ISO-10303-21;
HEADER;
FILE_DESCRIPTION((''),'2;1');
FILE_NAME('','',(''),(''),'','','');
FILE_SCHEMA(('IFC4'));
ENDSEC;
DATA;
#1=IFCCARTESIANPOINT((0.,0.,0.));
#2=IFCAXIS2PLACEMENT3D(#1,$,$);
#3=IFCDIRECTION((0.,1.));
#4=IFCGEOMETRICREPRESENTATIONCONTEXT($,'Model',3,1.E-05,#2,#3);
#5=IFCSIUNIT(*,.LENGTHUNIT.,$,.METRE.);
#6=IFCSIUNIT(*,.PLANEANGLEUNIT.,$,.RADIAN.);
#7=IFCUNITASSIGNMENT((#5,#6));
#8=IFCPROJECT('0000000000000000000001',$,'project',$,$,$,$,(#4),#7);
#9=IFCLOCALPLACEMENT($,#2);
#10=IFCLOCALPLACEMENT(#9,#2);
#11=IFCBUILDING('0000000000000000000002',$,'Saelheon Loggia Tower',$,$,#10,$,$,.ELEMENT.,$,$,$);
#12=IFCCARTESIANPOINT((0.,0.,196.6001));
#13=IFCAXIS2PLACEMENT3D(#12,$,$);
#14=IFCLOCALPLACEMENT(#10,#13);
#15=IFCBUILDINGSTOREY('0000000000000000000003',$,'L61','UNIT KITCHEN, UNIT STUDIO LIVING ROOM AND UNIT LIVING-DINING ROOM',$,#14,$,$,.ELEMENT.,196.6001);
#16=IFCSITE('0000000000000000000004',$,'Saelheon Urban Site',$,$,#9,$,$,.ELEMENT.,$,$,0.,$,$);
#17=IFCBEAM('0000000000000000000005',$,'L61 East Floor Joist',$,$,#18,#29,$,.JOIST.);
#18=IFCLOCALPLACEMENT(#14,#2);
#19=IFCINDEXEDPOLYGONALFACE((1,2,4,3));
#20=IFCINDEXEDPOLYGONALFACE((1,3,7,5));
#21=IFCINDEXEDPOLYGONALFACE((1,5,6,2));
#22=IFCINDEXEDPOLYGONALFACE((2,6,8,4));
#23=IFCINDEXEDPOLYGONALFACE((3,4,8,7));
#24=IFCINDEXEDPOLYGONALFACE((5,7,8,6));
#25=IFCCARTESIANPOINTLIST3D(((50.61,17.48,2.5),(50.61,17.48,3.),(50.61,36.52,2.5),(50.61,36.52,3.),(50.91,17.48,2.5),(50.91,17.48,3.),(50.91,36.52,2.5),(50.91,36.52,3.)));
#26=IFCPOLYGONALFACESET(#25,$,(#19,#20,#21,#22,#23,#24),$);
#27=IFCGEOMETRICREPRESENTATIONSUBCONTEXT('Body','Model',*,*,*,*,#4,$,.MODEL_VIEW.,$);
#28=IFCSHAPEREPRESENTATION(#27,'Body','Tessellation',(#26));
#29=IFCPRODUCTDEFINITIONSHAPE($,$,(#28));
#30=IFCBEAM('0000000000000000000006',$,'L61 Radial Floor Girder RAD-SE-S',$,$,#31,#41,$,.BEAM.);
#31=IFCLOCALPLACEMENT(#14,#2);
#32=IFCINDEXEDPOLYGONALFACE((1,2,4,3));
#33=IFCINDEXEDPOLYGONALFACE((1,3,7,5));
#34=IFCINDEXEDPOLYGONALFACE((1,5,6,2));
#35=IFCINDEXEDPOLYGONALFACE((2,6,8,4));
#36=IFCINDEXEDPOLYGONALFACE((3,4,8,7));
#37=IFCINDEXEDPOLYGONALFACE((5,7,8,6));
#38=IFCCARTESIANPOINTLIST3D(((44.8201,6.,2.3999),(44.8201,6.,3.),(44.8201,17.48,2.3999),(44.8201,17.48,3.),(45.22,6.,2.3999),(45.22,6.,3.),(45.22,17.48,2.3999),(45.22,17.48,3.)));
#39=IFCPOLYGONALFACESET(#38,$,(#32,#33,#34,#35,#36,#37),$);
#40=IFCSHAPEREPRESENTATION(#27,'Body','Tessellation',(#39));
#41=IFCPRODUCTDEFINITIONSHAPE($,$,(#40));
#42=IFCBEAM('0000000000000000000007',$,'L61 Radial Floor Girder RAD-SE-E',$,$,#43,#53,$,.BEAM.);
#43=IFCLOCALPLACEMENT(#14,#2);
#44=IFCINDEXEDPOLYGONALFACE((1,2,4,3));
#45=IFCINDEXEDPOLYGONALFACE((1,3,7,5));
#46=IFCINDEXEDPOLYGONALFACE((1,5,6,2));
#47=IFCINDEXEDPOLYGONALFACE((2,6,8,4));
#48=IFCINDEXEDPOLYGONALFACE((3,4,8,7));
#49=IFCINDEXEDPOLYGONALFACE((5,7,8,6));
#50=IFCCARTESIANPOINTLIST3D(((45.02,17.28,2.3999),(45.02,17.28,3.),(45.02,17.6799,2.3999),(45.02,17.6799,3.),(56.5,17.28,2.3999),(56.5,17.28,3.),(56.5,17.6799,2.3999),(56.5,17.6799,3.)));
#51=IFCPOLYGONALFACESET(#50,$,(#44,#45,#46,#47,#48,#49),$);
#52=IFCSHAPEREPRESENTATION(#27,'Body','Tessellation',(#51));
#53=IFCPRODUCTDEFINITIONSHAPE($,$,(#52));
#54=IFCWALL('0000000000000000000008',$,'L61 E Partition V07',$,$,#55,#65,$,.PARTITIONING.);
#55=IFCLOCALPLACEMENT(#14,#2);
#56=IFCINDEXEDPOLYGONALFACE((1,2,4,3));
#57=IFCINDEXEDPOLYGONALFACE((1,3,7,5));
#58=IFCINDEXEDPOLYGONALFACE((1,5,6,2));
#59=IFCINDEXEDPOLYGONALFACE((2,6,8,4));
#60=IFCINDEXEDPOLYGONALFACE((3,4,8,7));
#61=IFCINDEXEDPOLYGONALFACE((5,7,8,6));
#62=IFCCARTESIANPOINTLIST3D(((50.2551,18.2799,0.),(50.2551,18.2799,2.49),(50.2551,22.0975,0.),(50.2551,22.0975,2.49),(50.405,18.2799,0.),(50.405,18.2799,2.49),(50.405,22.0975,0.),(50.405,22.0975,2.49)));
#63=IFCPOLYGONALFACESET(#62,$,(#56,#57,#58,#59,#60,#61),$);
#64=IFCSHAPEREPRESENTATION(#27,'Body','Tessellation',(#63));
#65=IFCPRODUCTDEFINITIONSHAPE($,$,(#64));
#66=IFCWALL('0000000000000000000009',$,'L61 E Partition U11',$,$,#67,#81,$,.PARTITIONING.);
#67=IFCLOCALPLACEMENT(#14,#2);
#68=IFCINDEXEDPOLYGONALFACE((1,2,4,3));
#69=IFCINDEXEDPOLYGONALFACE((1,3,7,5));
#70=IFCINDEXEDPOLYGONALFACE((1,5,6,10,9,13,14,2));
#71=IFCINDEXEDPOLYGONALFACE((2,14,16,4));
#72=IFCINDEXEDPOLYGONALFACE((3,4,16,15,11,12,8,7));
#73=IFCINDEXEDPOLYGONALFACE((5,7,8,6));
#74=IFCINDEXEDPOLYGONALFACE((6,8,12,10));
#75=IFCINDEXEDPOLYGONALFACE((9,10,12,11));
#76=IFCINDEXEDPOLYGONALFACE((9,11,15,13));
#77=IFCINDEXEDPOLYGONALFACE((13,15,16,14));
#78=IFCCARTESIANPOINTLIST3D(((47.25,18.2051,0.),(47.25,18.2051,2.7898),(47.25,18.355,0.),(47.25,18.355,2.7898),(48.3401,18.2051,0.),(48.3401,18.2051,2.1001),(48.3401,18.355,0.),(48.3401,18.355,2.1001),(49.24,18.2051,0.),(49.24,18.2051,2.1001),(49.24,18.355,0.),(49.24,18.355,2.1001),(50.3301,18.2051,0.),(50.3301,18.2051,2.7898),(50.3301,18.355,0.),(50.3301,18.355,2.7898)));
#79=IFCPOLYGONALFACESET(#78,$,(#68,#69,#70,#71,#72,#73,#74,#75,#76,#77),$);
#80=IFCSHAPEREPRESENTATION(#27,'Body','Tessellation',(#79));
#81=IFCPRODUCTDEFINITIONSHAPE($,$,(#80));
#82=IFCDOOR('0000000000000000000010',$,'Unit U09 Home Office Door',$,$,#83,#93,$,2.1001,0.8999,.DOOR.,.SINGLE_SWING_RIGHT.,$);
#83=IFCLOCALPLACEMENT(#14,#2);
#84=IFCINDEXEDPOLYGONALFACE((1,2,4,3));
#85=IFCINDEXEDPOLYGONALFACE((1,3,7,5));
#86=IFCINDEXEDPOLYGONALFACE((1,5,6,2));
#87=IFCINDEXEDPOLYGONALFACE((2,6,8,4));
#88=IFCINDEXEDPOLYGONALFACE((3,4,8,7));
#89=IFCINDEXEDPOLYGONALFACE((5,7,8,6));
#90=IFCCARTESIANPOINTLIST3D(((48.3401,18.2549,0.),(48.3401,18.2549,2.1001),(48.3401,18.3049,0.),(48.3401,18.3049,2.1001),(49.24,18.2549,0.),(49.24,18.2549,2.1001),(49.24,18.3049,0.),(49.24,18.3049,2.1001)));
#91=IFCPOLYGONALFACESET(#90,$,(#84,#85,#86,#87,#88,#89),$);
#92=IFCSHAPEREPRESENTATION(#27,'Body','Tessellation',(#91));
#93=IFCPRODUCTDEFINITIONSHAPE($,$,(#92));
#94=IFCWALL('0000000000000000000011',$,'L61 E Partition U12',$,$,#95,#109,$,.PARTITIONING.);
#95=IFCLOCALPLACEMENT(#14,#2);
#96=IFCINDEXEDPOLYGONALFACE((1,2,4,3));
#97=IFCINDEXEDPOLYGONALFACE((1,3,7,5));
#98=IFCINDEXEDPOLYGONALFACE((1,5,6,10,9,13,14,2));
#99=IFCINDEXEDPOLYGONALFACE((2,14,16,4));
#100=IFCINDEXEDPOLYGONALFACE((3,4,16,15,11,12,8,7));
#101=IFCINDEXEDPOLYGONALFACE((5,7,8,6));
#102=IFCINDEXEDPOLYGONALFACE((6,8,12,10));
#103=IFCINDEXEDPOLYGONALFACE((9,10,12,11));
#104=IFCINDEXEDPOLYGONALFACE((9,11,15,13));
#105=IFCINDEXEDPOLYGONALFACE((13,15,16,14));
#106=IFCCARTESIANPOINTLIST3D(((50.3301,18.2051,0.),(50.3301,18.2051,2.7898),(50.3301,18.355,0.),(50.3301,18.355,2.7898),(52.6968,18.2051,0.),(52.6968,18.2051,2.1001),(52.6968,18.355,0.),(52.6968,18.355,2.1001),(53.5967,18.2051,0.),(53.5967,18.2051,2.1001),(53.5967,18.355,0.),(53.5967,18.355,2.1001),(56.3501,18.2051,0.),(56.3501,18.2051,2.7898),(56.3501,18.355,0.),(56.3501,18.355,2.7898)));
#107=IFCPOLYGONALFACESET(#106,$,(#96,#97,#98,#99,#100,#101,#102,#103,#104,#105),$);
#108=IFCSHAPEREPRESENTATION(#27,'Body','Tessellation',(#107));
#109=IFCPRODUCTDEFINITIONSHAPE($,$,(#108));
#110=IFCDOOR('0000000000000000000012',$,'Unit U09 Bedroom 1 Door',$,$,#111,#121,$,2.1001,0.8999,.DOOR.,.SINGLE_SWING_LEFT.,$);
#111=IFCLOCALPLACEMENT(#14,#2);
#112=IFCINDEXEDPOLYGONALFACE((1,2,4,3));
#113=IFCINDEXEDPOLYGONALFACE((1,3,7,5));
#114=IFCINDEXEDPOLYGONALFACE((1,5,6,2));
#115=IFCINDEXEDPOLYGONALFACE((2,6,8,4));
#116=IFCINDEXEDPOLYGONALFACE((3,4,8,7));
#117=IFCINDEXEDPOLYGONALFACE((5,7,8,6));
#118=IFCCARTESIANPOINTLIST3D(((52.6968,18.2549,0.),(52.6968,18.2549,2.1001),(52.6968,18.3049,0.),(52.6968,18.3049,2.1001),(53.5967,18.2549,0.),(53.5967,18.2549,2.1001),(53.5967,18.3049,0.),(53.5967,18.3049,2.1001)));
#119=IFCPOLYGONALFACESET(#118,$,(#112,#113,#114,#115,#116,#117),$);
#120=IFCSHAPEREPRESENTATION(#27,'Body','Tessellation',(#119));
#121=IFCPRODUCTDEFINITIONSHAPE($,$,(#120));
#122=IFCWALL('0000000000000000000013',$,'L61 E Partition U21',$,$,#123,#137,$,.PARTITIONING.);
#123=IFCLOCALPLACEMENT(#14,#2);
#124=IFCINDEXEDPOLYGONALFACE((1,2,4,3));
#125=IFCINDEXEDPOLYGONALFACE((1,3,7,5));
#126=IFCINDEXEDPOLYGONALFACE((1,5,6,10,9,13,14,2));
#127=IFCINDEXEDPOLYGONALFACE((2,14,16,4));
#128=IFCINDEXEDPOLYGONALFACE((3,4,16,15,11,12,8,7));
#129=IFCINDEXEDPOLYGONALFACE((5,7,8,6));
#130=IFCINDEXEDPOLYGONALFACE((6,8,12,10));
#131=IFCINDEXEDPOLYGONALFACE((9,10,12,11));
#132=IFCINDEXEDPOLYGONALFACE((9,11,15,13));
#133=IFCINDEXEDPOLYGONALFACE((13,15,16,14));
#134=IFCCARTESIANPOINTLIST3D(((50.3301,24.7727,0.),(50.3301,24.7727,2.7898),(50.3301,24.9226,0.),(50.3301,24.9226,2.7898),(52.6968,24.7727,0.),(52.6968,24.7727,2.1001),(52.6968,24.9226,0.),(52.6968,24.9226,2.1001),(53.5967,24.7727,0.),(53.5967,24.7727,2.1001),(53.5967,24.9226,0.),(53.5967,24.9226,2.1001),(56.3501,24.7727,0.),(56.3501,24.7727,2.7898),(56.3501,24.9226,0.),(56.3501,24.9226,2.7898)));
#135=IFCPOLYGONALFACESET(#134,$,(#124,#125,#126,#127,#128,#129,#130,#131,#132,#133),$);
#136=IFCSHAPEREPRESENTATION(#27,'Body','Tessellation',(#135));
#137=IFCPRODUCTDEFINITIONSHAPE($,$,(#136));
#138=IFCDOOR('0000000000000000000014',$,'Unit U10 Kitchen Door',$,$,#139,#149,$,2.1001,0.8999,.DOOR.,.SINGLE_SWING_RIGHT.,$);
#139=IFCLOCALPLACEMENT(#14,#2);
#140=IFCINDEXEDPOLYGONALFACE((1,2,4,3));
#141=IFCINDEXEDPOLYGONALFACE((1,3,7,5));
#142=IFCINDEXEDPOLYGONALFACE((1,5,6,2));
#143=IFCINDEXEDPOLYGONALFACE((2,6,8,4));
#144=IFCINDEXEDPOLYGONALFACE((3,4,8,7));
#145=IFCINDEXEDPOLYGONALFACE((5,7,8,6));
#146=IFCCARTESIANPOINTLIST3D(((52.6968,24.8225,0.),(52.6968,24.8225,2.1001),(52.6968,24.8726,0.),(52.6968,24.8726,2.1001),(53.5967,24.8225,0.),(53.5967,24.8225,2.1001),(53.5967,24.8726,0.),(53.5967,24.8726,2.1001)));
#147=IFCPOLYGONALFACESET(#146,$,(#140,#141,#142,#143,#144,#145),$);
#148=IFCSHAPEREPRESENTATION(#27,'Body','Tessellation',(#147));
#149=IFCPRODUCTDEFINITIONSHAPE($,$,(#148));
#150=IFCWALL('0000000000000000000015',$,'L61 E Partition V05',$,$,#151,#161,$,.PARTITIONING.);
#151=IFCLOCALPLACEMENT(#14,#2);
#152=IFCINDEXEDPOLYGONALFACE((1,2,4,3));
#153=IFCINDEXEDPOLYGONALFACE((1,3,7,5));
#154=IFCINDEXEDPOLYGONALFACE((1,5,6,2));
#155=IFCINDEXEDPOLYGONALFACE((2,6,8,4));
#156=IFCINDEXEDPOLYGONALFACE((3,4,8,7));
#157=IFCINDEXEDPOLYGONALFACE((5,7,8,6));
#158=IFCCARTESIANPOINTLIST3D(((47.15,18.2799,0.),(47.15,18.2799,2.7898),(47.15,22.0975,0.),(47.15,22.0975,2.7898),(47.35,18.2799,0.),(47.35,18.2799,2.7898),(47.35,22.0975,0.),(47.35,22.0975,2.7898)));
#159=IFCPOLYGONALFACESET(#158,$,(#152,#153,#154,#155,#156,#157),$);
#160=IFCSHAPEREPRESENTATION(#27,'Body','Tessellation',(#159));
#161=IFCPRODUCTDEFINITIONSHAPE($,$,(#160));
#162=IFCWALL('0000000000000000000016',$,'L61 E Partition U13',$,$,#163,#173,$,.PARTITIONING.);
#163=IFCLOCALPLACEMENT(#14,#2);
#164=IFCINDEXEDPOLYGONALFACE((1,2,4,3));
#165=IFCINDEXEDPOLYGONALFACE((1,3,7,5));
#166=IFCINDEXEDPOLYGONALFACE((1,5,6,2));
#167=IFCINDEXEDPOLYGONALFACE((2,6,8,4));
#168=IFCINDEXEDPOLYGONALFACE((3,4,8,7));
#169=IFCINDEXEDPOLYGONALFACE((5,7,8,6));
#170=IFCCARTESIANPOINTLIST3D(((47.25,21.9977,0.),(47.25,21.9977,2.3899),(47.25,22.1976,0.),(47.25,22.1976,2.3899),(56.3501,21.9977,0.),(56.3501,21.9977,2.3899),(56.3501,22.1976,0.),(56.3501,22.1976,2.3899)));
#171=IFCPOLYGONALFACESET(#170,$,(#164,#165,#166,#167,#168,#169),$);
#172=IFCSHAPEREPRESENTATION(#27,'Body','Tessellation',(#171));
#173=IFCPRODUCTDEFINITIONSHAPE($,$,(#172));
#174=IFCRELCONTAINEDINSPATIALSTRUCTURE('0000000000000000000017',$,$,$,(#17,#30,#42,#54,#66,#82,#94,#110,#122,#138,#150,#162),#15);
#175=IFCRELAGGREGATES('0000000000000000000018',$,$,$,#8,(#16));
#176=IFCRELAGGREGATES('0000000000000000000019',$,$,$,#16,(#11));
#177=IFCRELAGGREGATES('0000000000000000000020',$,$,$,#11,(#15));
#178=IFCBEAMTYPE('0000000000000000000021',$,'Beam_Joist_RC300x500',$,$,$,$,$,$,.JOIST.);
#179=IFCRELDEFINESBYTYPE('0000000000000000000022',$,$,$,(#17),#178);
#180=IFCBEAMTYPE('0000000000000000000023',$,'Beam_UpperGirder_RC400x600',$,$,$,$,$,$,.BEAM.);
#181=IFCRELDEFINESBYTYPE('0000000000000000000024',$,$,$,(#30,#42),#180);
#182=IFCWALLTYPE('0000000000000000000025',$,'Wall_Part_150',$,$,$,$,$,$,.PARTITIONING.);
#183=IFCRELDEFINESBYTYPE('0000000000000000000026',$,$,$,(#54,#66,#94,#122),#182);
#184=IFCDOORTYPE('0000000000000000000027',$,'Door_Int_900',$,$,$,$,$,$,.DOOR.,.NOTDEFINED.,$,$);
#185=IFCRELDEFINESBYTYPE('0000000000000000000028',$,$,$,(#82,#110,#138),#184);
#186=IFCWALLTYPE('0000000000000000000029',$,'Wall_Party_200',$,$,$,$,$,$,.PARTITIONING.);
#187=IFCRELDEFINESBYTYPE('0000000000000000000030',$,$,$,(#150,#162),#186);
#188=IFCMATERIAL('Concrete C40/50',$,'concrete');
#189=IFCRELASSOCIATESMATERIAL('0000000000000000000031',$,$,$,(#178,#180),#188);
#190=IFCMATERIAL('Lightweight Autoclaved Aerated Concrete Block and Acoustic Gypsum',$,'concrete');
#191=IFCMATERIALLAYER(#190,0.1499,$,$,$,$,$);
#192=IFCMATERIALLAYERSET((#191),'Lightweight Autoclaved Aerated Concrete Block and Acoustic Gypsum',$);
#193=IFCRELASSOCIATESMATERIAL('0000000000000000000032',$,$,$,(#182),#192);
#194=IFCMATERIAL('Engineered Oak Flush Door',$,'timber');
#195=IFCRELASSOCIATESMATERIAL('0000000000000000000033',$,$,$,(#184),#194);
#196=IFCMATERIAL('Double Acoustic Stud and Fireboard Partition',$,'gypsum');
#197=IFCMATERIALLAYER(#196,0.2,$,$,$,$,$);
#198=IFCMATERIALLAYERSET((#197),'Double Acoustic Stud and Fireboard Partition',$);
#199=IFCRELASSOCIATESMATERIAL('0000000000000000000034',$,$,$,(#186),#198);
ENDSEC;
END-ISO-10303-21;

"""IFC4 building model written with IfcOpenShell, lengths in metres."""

from ifc_helpers import new_model, si_unit, direction, frame, frame_2d, origin, origin_2d, place, context, subcontext, project, spatial, rectangle, extrude, source, transform, mapped, material, layer, layer_set, material_profile, profile_set, type_object, element, fill, save


model = new_model("IFC4")

# Units and contexts
model_context = context("Model", 3, precision=1e-05, world=origin(), true_north=direction((0.0, 1.0)))
body_context = subcontext(model_context, "Body", "Model", "MODEL_VIEW")
ifc_project = project(units=[si_unit("LENGTHUNIT", "METRE"), si_unit("PLANEANGLEUNIT", "RADIAN")], contexts=[model_context])

# Site, building, storey
site_placement = place(None, origin())
site = spatial("IfcSite", under=ifc_project, at=site_placement, Name="Saelheon Urban Site", CompositionType="ELEMENT", RefElevation=0.0)
building_placement = place(site_placement, origin())
building = spatial("IfcBuilding", under=site, at=building_placement, Name="Saelheon Loggia Tower", CompositionType="ELEMENT")
storey_placement = place(building_placement, frame((0.0, 0.0, 196.6001)))
storey = spatial("IfcBuildingStorey", under=building, at=storey_placement, Name="L61", Description="UNIT KITCHEN, UNIT STUDIO LIVING ROOM AND UNIT LIVING-DINING ROOM", CompositionType="ELEMENT", Elevation=196.6001)

# Beams
ifc_material_1 = material(Name="Concrete C40/50", Category="concrete")
ifc_material_profile_1 = material_profile(ifc_material_1, rectangle(XDim=0.3, YDim=0.5, at=origin_2d()), Name="RC-300x500")
ifc_profile_set_1 = profile_set([ifc_material_profile_1], Name="Concrete C40/50")
beam_type_1 = type_object("IfcBeamType", Name="Beam_Joist_RC300x500", PredefinedType="JOIST", material=ifc_profile_set_1)
shared_shape_1 = source(origin(), body_context, "Body", "SweptSolid", [
    extrude(rectangle(XDim=0.3, YDim=0.5, at=origin_2d()), origin(), (0.0, 0.0, 1.0), 19.04),
])
beam_placement = place(storey_placement, frame((50.76, 17.48, 2.75), z_axis=(0.0, 1.0, 0.0), x_axis=(-1.0, 0.0, 0.0)))
element("IfcBeam", 1, at=beam_placement, inside=storey, type_object=beam_type_1, Name="L61 East Floor Joist", PredefinedType="JOIST", context=body_context, shape_type="MappedRepresentation", body=[
    mapped(shared_shape_1, transform((0.0, 0.0, 0.0), scale=1.0)),
])
ifc_material_profile_2 = material_profile(ifc_material_1, rectangle(XDim=0.3999, YDim=0.6001, at=origin_2d()), Name="RC-400x600")
ifc_profile_set_2 = profile_set([ifc_material_profile_2], Name="Concrete C40/50")
beam_type_2 = type_object("IfcBeamType", Name="Beam_UpperGirder_RC400x600", PredefinedType="BEAM", material=ifc_profile_set_2)
shared_shape_2 = source(origin(), body_context, "Body", "SweptSolid", [
    extrude(rectangle(XDim=0.3999, YDim=0.6001, at=origin_2d()), origin(), (0.0, 0.0, 1.0), 11.48),
])
for number, where, z_axis, x_axis, name in (
    (2, (45.02, 17.48, 2.7), (0.0, -1.0, 0.0), (1.0, 0.0, 0.0), "L61 Radial Floor Girder RAD-SE-S"),
    (3, (45.02, 17.48, 2.7), (1.0, 0.0, 0.0), (0.0, 1.0, 0.0), "L61 Radial Floor Girder RAD-SE-E"),
):
    element("IfcBeam", number, at=place(storey_placement, frame(where, z_axis=z_axis, x_axis=x_axis)), inside=storey, type_object=beam_type_2, Name=name, PredefinedType="BEAM", context=body_context, shape_type="MappedRepresentation", body=[
        mapped(shared_shape_2, transform((0.0, 0.0, 0.0), scale=1.0)),
    ])

# Wall
ifc_material_2 = material(Name="Lightweight Autoclaved Aerated Concrete Block and Acoustic Gypsum", Category="concrete")
ifc_layer_1 = layer(ifc_material_2, 0.1499)
ifc_layer_set_1 = layer_set([ifc_layer_1], Name="Lightweight Autoclaved Aerated Concrete Block and Acoustic Gypsum")
wall_type_1 = type_object("IfcWallType", Name="Wall_Part_150", PredefinedType="PARTITIONING", material=ifc_layer_set_1)
wall_1_placement = place(storey_placement, frame((50.3301, 18.28, 0.0), z_axis=(0.0, 0.0, 1.0), x_axis=(0.0, 1.0, 0.0)))
element("IfcWall", 4, at=wall_1_placement, inside=storey, type_object=wall_type_1, Name="L61 E Partition V07", PredefinedType="PARTITIONING", context=body_context, shape_type="SweptSolid", body=[
    extrude(rectangle(XDim=3.8176, YDim=0.1499, at=frame_2d((1.9087, 0.0))), origin(), (0.0, 0.0, 1.0), 2.49),
])

# Walls, openings, doors
wall_2_placement = place(storey_placement, frame((47.25, 18.28, 0.0), z_axis=(0.0, 0.0, 1.0), x_axis=(1.0, 0.0, 0.0)))
wall_2 = element("IfcWall", 5, at=wall_2_placement, inside=storey, type_object=wall_type_1, Name="L61 E Partition U11", PredefinedType="PARTITIONING", context=body_context, shape_type="SweptSolid", body=[
    extrude(rectangle(XDim=3.0801, YDim=0.1499, at=frame_2d((1.54, 0.0))), origin(), (0.0, 0.0, 1.0), 2.7898),
])
opening_1_placement = place(wall_2_placement, frame((1.0901, 0.0, 0.0)))
opening_1 = element("IfcOpeningElement", 6, at=opening_1_placement, cuts=wall_2, PredefinedType="OPENING", context=body_context, shape_type="SweptSolid", body=[
    extrude(rectangle(XDim=0.8999, YDim=2.1001, at=frame_2d((0.45, 1.05))), frame((0.0, 0.0869, 0.0), z_axis=(0.0, -1.0, 0.0), x_axis=(1.0, 0.0, 0.0)), (0.0, 0.0, 1.0), 0.1738),
])
ifc_material_3 = material(Name="Engineered Oak Flush Door", Category="timber")
door_type_1 = type_object("IfcDoorType", Name="Door_Int_900", OperationType="NOTDEFINED", PredefinedType="DOOR", material=ifc_material_3)
shared_shape_3 = source(origin(), body_context, "Body", "SweptSolid", [
    extrude(rectangle(XDim=0.8999, YDim=2.1001, at=frame_2d((0.45, 1.05))), frame((0.0, 0.0249, 0.0), z_axis=(0.0, -1.0, 0.0), x_axis=(1.0, 0.0, 0.0)), (0.0, 0.0, 1.0), 0.05),
])
door_1_placement = place(opening_1_placement, origin())
door_1 = element("IfcDoor", 7, at=door_1_placement, inside=storey, type_object=door_type_1, Name="Unit U09 Home Office Door", OperationType="SINGLE_SWING_RIGHT", OverallHeight=2.1001, OverallWidth=0.8999, PredefinedType="DOOR", context=body_context, shape_type="MappedRepresentation", body=[
    mapped(shared_shape_3, transform((0.0, 0.0, 0.0), scale=1.0)),
])
fill(opening_1, door_1)
wall_3_placement = place(storey_placement, frame((50.3301, 18.28, 0.0), z_axis=(0.0, 0.0, 1.0), x_axis=(1.0, 0.0, 0.0)))
wall_3 = element("IfcWall", 8, at=wall_3_placement, inside=storey, type_object=wall_type_1, Name="L61 E Partition U12", PredefinedType="PARTITIONING", context=body_context, shape_type="SweptSolid", body=[
    extrude(rectangle(XDim=6.02, YDim=0.1499, at=frame_2d((3.01, 0.0))), origin(), (0.0, 0.0, 1.0), 2.7898),
])
opening_2_placement = place(wall_3_placement, frame((2.3667, 0.0, 0.0)))
opening_2 = element("IfcOpeningElement", 9, at=opening_2_placement, cuts=wall_3, PredefinedType="OPENING", context=body_context, shape_type="SweptSolid", body=[
    extrude(rectangle(XDim=0.8999, YDim=2.1001, at=frame_2d((0.45, 1.05))), frame((0.0, 0.0869, 0.0), z_axis=(0.0, -1.0, 0.0), x_axis=(1.0, 0.0, 0.0)), (0.0, 0.0, 1.0), 0.1738),
])
door_2_placement = place(opening_2_placement, origin())
door_2 = element("IfcDoor", 10, at=door_2_placement, inside=storey, type_object=door_type_1, Name="Unit U09 Bedroom 1 Door", OperationType="SINGLE_SWING_LEFT", OverallHeight=2.1001, OverallWidth=0.8999, PredefinedType="DOOR", context=body_context, shape_type="MappedRepresentation", body=[
    mapped(shared_shape_3, transform((0.0, 0.0, 0.0), scale=1.0)),
])
fill(opening_2, door_2)
wall_4_placement = place(storey_placement, frame((50.3301, 24.8477, 0.0), z_axis=(0.0, 0.0, 1.0), x_axis=(1.0, 0.0, 0.0)))
wall_4 = element("IfcWall", 11, at=wall_4_placement, inside=storey, type_object=wall_type_1, Name="L61 E Partition U21", PredefinedType="PARTITIONING", context=body_context, shape_type="SweptSolid", body=[
    extrude(rectangle(XDim=6.02, YDim=0.1499, at=frame_2d((3.01, 0.0))), origin(), (0.0, 0.0, 1.0), 2.7898),
])
opening_3_placement = place(wall_4_placement, frame((2.3667, 0.0, 0.0)))
opening_3 = element("IfcOpeningElement", 12, at=opening_3_placement, cuts=wall_4, PredefinedType="OPENING", context=body_context, shape_type="SweptSolid", body=[
    extrude(rectangle(XDim=0.8999, YDim=2.1001, at=frame_2d((0.45, 1.05))), frame((0.0, 0.0869, 0.0), z_axis=(0.0, -1.0, 0.0), x_axis=(1.0, 0.0, 0.0)), (0.0, 0.0, 1.0), 0.1738),
])
door_3_placement = place(opening_3_placement, origin())
door_3 = element("IfcDoor", 13, at=door_3_placement, inside=storey, type_object=door_type_1, Name="Unit U10 Kitchen Door", OperationType="SINGLE_SWING_RIGHT", OverallHeight=2.1001, OverallWidth=0.8999, PredefinedType="DOOR", context=body_context, shape_type="MappedRepresentation", body=[
    mapped(shared_shape_3, transform((0.0, 0.0, 0.0), scale=1.0)),
])
fill(opening_3, door_3)

# Walls
ifc_material_4 = material(Name="Double Acoustic Stud and Fireboard Partition", Category="gypsum")
ifc_layer_2 = layer(ifc_material_4, 0.2)
ifc_layer_set_2 = layer_set([ifc_layer_2], Name="Double Acoustic Stud and Fireboard Partition")
wall_type_2 = type_object("IfcWallType", Name="Wall_Party_200", PredefinedType="PARTITIONING", material=ifc_layer_set_2)
wall_5_placement = place(storey_placement, frame((47.25, 18.28, 0.0), z_axis=(0.0, 0.0, 1.0), x_axis=(0.0, 1.0, 0.0)))
element("IfcWall", 14, at=wall_5_placement, inside=storey, type_object=wall_type_2, Name="L61 E Partition V05", PredefinedType="PARTITIONING", context=body_context, shape_type="SweptSolid", body=[
    extrude(rectangle(XDim=3.8176, YDim=0.2, at=frame_2d((1.9087, 0.0))), origin(), (0.0, 0.0, 1.0), 2.7898),
])
wall_6_placement = place(storey_placement, frame((47.25, 22.0977, 0.0), z_axis=(0.0, 0.0, 1.0), x_axis=(1.0, 0.0, 0.0)))
element("IfcWall", 15, at=wall_6_placement, inside=storey, type_object=wall_type_2, Name="L61 E Partition U13", PredefinedType="PARTITIONING", context=body_context, shape_type="SweptSolid", body=[
    extrude(rectangle(XDim=9.1001, YDim=0.2, at=frame_2d((4.55, 0.0))), origin(), (0.0, 0.0, 1.0), 2.3899),
])

save(model, "model.ifc")
